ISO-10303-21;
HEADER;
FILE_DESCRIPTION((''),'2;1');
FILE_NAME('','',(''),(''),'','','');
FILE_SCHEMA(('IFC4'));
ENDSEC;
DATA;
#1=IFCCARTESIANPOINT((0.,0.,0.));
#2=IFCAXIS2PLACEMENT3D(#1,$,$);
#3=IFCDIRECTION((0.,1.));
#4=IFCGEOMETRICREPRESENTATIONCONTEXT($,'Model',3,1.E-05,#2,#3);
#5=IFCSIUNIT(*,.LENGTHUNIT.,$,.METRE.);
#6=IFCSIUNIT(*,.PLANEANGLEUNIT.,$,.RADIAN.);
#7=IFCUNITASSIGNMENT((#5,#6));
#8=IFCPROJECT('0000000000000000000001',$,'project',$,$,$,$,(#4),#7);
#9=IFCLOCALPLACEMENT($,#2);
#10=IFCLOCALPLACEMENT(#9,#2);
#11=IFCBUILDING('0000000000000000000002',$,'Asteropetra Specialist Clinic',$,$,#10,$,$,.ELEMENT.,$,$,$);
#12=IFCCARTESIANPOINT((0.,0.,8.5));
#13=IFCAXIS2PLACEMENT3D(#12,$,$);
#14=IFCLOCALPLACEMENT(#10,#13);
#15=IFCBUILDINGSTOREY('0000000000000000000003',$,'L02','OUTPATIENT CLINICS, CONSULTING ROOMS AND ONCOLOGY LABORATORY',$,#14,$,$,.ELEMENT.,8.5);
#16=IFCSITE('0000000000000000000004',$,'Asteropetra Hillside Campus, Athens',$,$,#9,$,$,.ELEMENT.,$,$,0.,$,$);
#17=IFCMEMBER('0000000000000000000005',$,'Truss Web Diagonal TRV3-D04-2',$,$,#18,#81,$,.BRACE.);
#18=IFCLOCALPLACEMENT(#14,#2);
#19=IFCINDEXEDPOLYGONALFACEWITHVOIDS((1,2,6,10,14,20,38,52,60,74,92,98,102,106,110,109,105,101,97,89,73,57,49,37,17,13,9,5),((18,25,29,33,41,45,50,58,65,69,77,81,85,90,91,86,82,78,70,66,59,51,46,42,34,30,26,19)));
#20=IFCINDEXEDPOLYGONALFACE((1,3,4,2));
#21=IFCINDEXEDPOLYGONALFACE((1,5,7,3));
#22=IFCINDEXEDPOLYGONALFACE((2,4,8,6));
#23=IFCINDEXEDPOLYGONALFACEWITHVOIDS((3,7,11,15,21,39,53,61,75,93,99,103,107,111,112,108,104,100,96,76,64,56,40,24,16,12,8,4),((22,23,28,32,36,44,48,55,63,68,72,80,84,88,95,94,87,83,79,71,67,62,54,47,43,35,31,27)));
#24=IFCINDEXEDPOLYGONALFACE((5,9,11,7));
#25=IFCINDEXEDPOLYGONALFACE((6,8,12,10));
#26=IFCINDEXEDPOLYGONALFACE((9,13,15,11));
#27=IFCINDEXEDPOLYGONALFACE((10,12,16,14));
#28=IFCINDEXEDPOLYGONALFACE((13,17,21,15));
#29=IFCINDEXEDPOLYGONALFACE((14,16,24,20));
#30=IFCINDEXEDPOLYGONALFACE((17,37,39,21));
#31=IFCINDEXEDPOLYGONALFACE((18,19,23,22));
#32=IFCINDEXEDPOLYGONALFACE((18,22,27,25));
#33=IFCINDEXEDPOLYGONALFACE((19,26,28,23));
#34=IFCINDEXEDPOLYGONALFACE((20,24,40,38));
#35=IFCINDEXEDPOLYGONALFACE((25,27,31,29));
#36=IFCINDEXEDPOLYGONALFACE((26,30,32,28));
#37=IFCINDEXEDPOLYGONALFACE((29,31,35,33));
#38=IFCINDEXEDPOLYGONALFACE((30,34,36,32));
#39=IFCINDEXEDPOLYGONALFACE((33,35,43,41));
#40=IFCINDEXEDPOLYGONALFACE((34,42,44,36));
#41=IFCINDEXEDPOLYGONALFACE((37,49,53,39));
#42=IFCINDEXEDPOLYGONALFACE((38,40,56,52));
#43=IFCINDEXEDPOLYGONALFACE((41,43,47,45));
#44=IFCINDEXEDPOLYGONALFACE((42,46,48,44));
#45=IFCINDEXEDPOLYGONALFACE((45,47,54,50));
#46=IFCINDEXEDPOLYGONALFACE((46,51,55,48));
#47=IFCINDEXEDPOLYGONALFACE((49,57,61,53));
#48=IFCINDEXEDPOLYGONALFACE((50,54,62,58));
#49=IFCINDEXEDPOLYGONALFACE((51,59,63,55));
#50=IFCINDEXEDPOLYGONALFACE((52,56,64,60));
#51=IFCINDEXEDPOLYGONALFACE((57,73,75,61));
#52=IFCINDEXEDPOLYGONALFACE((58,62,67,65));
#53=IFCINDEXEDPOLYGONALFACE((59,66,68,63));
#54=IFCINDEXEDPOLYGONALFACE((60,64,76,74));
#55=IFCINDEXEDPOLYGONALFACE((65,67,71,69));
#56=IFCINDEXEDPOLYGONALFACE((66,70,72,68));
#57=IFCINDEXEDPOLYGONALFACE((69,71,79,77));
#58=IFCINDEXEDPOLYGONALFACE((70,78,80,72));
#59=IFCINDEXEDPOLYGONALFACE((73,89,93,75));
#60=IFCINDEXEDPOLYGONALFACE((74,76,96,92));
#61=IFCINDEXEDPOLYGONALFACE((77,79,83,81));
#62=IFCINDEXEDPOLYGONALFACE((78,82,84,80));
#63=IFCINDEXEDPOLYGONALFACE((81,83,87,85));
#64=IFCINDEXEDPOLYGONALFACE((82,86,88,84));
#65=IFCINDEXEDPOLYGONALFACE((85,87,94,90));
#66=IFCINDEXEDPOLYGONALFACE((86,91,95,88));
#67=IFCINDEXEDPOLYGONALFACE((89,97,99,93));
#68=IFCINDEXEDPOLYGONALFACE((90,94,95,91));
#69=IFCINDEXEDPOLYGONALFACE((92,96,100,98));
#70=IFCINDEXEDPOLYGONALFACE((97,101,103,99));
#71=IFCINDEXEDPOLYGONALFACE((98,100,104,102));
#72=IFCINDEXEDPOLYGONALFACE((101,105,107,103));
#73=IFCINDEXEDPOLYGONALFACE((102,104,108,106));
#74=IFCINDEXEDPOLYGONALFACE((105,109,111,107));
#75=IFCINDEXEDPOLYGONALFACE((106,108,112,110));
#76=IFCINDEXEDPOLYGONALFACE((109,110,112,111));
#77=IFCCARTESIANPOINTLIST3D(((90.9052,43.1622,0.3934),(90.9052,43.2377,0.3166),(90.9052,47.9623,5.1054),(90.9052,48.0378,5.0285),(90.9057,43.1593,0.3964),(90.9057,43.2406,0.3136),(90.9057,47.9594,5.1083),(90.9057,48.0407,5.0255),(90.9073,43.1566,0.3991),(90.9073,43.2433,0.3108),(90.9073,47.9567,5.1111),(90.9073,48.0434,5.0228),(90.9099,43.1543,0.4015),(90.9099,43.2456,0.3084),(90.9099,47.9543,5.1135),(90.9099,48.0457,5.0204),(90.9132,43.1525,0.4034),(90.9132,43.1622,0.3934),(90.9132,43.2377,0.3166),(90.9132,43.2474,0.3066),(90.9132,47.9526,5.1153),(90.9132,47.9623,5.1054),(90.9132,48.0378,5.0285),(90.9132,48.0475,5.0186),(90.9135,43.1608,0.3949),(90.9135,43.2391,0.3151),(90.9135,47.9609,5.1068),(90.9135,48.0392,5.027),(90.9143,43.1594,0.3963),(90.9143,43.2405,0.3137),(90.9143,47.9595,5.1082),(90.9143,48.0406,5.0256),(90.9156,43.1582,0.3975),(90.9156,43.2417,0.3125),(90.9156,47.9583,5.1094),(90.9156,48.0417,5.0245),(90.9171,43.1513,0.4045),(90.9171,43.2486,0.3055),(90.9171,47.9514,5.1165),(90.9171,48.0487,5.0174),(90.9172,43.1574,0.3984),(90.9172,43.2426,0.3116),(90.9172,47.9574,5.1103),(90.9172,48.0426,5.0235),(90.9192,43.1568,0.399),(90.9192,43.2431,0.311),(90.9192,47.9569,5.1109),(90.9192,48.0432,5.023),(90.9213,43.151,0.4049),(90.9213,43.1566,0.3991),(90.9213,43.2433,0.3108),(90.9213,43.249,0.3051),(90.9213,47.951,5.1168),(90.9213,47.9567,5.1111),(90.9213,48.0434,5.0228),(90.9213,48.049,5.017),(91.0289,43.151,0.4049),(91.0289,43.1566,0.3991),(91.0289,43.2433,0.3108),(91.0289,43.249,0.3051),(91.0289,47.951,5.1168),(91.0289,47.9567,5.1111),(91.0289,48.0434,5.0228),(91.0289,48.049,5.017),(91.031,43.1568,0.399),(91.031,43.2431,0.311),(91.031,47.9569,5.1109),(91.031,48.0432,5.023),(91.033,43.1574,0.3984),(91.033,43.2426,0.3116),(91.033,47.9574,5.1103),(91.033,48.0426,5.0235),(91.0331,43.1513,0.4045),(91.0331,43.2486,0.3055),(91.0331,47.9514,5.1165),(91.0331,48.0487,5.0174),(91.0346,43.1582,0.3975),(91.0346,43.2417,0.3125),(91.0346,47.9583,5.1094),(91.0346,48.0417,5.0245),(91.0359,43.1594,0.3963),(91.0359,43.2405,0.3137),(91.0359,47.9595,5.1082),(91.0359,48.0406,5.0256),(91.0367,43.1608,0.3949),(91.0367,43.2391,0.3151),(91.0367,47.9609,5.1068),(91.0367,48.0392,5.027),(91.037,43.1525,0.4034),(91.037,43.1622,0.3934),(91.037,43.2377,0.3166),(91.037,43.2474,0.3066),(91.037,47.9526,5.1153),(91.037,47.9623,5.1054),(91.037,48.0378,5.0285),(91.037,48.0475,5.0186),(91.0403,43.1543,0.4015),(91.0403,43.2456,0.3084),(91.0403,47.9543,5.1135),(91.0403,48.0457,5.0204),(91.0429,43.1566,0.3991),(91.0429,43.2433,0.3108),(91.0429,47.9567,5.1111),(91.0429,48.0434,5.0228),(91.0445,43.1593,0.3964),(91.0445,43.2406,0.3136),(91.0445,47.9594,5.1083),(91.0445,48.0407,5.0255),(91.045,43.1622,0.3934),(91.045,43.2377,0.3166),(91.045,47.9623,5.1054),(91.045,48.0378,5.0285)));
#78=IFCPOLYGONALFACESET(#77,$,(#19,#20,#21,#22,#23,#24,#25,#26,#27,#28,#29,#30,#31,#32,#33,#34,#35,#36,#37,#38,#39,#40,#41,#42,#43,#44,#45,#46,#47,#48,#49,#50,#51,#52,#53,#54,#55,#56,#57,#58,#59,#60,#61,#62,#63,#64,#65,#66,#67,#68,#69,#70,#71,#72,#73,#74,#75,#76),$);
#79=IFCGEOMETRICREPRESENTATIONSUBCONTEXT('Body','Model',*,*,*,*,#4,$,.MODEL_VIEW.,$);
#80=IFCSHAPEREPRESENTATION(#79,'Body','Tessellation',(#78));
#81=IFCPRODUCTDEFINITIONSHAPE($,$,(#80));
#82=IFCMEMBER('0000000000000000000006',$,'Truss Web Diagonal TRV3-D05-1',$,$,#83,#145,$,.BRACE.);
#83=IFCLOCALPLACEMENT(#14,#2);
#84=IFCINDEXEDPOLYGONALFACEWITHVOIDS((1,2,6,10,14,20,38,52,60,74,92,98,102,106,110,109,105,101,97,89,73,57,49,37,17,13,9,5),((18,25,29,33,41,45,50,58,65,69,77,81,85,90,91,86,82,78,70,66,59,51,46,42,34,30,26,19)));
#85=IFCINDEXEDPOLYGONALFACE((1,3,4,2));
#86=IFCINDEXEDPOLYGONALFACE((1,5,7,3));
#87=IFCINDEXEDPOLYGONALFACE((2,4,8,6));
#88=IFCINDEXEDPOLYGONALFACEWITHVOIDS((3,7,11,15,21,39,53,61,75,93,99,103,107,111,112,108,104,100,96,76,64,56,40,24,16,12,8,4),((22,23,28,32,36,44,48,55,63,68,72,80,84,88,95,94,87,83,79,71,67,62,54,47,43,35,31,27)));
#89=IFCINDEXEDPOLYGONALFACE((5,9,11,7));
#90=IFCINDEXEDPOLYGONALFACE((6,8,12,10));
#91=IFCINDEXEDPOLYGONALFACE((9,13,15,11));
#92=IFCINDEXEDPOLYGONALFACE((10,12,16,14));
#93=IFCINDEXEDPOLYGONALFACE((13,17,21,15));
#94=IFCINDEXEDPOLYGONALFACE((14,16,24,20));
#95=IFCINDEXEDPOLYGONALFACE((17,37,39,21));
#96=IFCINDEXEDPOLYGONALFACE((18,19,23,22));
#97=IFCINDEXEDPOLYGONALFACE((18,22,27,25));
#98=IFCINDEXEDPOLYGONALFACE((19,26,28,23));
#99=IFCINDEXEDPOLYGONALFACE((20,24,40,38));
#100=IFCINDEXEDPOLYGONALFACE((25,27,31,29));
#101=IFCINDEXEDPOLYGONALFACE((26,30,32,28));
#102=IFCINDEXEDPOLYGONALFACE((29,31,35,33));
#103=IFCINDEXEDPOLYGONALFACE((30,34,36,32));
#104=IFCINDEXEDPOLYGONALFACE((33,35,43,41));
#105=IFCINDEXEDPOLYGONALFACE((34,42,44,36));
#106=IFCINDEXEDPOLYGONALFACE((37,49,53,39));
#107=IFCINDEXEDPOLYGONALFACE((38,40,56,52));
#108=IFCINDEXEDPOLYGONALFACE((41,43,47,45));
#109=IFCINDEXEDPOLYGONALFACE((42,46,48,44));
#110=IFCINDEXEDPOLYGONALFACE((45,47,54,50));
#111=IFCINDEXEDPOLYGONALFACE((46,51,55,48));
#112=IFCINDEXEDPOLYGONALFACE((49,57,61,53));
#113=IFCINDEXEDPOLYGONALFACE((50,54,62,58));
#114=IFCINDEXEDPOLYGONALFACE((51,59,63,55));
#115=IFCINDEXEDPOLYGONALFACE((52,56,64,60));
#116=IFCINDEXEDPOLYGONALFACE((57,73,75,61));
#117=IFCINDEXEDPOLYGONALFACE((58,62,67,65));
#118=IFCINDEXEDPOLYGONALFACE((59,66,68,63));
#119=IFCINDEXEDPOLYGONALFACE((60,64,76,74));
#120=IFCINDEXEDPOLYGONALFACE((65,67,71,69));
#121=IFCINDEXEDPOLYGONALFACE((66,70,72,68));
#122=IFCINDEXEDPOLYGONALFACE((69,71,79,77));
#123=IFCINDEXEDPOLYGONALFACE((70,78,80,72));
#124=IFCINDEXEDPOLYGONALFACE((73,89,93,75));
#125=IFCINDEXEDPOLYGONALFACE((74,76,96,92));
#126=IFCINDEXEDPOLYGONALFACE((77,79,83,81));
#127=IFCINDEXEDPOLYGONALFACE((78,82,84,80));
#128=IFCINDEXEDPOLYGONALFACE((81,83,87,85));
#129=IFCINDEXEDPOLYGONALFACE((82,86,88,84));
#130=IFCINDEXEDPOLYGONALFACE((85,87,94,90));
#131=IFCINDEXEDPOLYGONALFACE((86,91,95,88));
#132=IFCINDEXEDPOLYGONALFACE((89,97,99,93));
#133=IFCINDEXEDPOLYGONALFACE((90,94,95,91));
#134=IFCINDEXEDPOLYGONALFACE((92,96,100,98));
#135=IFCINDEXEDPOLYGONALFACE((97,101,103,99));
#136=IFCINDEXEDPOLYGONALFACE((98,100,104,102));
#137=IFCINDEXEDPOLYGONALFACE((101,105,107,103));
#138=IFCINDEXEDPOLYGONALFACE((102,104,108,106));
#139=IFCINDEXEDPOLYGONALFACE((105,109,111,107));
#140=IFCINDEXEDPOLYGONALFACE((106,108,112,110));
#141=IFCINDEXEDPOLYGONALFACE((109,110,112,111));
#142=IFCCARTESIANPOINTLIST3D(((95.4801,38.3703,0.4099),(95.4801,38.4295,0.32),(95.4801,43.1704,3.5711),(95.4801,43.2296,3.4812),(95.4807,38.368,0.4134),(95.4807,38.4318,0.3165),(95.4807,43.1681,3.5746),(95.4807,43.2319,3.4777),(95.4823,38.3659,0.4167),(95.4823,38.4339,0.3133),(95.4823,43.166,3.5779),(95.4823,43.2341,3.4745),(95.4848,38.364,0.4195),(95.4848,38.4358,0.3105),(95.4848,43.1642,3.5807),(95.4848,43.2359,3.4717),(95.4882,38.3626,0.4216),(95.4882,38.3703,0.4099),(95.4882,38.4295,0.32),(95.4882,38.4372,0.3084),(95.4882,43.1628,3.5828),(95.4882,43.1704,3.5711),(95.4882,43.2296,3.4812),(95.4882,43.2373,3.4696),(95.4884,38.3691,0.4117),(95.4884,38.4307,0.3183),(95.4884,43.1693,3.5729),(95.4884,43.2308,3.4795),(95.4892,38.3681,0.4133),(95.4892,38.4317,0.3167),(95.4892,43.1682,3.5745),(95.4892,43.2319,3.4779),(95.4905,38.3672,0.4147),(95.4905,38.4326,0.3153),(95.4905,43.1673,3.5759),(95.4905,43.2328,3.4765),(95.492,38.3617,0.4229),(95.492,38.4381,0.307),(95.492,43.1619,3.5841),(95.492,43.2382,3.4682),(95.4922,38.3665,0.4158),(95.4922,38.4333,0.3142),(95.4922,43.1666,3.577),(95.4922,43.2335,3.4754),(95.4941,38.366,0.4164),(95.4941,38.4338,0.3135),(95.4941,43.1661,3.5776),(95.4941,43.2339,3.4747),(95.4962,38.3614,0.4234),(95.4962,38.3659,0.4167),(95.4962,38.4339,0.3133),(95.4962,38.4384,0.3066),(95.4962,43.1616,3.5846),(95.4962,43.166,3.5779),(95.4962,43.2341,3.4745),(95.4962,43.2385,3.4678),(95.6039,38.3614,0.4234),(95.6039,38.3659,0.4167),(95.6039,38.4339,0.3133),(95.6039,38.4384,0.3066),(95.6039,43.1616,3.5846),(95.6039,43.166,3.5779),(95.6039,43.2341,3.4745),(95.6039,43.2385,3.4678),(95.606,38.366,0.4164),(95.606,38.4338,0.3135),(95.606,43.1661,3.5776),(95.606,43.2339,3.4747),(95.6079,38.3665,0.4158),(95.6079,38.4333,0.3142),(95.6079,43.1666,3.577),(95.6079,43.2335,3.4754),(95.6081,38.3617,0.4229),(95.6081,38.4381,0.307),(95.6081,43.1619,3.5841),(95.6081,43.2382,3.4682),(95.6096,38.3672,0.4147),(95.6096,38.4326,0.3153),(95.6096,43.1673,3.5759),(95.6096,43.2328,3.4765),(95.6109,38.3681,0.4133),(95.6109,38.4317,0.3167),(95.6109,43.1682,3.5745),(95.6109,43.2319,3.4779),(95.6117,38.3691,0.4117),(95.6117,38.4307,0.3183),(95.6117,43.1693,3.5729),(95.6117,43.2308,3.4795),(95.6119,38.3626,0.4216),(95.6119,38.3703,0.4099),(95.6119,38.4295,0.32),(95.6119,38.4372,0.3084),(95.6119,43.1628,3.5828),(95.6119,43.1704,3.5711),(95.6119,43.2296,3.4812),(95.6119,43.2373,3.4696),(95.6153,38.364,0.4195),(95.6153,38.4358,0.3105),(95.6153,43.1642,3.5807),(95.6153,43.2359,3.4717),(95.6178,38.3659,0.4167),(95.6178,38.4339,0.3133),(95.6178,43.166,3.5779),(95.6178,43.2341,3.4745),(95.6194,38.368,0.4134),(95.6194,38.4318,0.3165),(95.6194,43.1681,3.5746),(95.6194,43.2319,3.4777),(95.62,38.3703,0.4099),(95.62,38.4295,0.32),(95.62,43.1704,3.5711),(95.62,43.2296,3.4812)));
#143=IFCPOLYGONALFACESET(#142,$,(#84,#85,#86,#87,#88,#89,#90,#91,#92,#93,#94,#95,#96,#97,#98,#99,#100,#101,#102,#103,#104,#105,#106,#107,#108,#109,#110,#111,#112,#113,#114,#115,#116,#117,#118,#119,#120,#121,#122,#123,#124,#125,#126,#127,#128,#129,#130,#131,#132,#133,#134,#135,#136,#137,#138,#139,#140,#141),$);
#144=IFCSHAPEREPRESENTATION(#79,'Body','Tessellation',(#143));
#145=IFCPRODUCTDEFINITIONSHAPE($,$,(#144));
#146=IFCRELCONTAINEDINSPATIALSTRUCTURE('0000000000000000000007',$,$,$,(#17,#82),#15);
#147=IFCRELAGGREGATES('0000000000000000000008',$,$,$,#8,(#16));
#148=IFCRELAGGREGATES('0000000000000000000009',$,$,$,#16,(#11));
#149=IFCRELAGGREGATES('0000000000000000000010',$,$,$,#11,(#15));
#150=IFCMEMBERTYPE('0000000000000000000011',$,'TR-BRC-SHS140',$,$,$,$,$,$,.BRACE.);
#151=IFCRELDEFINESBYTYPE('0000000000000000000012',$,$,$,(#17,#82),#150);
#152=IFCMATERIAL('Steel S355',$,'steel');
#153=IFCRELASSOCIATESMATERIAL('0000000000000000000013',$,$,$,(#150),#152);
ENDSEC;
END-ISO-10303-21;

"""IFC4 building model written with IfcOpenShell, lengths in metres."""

from ifc_helpers import new_model, si_unit, direction, frame, origin, origin_2d, place, context, subcontext, project, spatial, hollow_rectangle, extrude, material, material_profile, profile_set, type_object, element, save


model = new_model("IFC4")

# Units and contexts
model_context = context("Model", 3, precision=1e-05, world=origin(), true_north=direction((0.0, 1.0)))
body_context = subcontext(model_context, "Body", "Model", "MODEL_VIEW")
ifc_project = project(units=[si_unit("LENGTHUNIT", "METRE"), si_unit("PLANEANGLEUNIT", "RADIAN")], contexts=[model_context])

# Site, building, storey
site_placement = place(None, origin())
site = spatial("IfcSite", under=ifc_project, at=site_placement, Name="Asteropetra Hillside Campus, Athens", CompositionType="ELEMENT", RefElevation=0.0)
building_placement = place(site_placement, origin())
building = spatial("IfcBuilding", under=site, at=building_placement, Name="Asteropetra Specialist Clinic", CompositionType="ELEMENT")
storey_placement = place(building_placement, frame((0.0, 0.0, 8.5)))
storey = spatial("IfcBuildingStorey", under=building, at=storey_placement, Name="L02", Description="OUTPATIENT CLINICS, CONSULTING ROOMS AND ONCOLOGY LABORATORY", CompositionType="ELEMENT", Elevation=8.5)

# Members
ifc_material_1 = material(Name="Steel S355", Category="steel")
ifc_material_profile_1 = material_profile(ifc_material_1, hollow_rectangle(XDim=0.1399, YDim=0.1399, WallThickness=0.0081, InnerFilletRadius=0.0081, OuterFilletRadius=0.0161, at=origin_2d()), Name="SHS 140x140x8.0")
ifc_profile_set_1 = profile_set([ifc_material_profile_1], Name="Steel S355")
member_type_1 = type_object("IfcMemberType", Name="TR-BRC-SHS140", PredefinedType="BRACE", material=ifc_profile_set_1)
member_1_placement = place(storey_placement, frame((90.9751, 43.2, 0.355), z_axis=(0.0, 0.713628, 0.700525), x_axis=(-1.0, 0.0, 0.0)))
element("IfcMember", 1, at=member_1_placement, inside=storey, type_object=member_type_1, Name="Truss Web Diagonal TRV3-D04-2", PredefinedType="BRACE", context=body_context, shape_type="SweptSolid", body=[
    extrude(hollow_rectangle(XDim=0.1399, YDim=0.1399, WallThickness=0.0081, InnerFilletRadius=0.0081, OuterFilletRadius=0.0161, at=origin_2d()), origin(), (0.0, 0.0, 1.0), 6.7263),
])
member_2_placement = place(storey_placement, frame((95.55, 38.3999, 0.365), z_axis=(0.0, 0.835161, 0.550006), x_axis=(-1.0, 0.0, 0.0)))
element("IfcMember", 2, at=member_2_placement, inside=storey, type_object=member_type_1, Name="Truss Web Diagonal TRV3-D05-1", PredefinedType="BRACE", context=body_context, shape_type="SweptSolid", body=[
    extrude(hollow_rectangle(XDim=0.1399, YDim=0.1399, WallThickness=0.0081, InnerFilletRadius=0.0081, OuterFilletRadius=0.0161, at=origin_2d()), origin(), (0.0, 0.0, 1.0), 5.7476),
])

save(model, "model.ifc")
